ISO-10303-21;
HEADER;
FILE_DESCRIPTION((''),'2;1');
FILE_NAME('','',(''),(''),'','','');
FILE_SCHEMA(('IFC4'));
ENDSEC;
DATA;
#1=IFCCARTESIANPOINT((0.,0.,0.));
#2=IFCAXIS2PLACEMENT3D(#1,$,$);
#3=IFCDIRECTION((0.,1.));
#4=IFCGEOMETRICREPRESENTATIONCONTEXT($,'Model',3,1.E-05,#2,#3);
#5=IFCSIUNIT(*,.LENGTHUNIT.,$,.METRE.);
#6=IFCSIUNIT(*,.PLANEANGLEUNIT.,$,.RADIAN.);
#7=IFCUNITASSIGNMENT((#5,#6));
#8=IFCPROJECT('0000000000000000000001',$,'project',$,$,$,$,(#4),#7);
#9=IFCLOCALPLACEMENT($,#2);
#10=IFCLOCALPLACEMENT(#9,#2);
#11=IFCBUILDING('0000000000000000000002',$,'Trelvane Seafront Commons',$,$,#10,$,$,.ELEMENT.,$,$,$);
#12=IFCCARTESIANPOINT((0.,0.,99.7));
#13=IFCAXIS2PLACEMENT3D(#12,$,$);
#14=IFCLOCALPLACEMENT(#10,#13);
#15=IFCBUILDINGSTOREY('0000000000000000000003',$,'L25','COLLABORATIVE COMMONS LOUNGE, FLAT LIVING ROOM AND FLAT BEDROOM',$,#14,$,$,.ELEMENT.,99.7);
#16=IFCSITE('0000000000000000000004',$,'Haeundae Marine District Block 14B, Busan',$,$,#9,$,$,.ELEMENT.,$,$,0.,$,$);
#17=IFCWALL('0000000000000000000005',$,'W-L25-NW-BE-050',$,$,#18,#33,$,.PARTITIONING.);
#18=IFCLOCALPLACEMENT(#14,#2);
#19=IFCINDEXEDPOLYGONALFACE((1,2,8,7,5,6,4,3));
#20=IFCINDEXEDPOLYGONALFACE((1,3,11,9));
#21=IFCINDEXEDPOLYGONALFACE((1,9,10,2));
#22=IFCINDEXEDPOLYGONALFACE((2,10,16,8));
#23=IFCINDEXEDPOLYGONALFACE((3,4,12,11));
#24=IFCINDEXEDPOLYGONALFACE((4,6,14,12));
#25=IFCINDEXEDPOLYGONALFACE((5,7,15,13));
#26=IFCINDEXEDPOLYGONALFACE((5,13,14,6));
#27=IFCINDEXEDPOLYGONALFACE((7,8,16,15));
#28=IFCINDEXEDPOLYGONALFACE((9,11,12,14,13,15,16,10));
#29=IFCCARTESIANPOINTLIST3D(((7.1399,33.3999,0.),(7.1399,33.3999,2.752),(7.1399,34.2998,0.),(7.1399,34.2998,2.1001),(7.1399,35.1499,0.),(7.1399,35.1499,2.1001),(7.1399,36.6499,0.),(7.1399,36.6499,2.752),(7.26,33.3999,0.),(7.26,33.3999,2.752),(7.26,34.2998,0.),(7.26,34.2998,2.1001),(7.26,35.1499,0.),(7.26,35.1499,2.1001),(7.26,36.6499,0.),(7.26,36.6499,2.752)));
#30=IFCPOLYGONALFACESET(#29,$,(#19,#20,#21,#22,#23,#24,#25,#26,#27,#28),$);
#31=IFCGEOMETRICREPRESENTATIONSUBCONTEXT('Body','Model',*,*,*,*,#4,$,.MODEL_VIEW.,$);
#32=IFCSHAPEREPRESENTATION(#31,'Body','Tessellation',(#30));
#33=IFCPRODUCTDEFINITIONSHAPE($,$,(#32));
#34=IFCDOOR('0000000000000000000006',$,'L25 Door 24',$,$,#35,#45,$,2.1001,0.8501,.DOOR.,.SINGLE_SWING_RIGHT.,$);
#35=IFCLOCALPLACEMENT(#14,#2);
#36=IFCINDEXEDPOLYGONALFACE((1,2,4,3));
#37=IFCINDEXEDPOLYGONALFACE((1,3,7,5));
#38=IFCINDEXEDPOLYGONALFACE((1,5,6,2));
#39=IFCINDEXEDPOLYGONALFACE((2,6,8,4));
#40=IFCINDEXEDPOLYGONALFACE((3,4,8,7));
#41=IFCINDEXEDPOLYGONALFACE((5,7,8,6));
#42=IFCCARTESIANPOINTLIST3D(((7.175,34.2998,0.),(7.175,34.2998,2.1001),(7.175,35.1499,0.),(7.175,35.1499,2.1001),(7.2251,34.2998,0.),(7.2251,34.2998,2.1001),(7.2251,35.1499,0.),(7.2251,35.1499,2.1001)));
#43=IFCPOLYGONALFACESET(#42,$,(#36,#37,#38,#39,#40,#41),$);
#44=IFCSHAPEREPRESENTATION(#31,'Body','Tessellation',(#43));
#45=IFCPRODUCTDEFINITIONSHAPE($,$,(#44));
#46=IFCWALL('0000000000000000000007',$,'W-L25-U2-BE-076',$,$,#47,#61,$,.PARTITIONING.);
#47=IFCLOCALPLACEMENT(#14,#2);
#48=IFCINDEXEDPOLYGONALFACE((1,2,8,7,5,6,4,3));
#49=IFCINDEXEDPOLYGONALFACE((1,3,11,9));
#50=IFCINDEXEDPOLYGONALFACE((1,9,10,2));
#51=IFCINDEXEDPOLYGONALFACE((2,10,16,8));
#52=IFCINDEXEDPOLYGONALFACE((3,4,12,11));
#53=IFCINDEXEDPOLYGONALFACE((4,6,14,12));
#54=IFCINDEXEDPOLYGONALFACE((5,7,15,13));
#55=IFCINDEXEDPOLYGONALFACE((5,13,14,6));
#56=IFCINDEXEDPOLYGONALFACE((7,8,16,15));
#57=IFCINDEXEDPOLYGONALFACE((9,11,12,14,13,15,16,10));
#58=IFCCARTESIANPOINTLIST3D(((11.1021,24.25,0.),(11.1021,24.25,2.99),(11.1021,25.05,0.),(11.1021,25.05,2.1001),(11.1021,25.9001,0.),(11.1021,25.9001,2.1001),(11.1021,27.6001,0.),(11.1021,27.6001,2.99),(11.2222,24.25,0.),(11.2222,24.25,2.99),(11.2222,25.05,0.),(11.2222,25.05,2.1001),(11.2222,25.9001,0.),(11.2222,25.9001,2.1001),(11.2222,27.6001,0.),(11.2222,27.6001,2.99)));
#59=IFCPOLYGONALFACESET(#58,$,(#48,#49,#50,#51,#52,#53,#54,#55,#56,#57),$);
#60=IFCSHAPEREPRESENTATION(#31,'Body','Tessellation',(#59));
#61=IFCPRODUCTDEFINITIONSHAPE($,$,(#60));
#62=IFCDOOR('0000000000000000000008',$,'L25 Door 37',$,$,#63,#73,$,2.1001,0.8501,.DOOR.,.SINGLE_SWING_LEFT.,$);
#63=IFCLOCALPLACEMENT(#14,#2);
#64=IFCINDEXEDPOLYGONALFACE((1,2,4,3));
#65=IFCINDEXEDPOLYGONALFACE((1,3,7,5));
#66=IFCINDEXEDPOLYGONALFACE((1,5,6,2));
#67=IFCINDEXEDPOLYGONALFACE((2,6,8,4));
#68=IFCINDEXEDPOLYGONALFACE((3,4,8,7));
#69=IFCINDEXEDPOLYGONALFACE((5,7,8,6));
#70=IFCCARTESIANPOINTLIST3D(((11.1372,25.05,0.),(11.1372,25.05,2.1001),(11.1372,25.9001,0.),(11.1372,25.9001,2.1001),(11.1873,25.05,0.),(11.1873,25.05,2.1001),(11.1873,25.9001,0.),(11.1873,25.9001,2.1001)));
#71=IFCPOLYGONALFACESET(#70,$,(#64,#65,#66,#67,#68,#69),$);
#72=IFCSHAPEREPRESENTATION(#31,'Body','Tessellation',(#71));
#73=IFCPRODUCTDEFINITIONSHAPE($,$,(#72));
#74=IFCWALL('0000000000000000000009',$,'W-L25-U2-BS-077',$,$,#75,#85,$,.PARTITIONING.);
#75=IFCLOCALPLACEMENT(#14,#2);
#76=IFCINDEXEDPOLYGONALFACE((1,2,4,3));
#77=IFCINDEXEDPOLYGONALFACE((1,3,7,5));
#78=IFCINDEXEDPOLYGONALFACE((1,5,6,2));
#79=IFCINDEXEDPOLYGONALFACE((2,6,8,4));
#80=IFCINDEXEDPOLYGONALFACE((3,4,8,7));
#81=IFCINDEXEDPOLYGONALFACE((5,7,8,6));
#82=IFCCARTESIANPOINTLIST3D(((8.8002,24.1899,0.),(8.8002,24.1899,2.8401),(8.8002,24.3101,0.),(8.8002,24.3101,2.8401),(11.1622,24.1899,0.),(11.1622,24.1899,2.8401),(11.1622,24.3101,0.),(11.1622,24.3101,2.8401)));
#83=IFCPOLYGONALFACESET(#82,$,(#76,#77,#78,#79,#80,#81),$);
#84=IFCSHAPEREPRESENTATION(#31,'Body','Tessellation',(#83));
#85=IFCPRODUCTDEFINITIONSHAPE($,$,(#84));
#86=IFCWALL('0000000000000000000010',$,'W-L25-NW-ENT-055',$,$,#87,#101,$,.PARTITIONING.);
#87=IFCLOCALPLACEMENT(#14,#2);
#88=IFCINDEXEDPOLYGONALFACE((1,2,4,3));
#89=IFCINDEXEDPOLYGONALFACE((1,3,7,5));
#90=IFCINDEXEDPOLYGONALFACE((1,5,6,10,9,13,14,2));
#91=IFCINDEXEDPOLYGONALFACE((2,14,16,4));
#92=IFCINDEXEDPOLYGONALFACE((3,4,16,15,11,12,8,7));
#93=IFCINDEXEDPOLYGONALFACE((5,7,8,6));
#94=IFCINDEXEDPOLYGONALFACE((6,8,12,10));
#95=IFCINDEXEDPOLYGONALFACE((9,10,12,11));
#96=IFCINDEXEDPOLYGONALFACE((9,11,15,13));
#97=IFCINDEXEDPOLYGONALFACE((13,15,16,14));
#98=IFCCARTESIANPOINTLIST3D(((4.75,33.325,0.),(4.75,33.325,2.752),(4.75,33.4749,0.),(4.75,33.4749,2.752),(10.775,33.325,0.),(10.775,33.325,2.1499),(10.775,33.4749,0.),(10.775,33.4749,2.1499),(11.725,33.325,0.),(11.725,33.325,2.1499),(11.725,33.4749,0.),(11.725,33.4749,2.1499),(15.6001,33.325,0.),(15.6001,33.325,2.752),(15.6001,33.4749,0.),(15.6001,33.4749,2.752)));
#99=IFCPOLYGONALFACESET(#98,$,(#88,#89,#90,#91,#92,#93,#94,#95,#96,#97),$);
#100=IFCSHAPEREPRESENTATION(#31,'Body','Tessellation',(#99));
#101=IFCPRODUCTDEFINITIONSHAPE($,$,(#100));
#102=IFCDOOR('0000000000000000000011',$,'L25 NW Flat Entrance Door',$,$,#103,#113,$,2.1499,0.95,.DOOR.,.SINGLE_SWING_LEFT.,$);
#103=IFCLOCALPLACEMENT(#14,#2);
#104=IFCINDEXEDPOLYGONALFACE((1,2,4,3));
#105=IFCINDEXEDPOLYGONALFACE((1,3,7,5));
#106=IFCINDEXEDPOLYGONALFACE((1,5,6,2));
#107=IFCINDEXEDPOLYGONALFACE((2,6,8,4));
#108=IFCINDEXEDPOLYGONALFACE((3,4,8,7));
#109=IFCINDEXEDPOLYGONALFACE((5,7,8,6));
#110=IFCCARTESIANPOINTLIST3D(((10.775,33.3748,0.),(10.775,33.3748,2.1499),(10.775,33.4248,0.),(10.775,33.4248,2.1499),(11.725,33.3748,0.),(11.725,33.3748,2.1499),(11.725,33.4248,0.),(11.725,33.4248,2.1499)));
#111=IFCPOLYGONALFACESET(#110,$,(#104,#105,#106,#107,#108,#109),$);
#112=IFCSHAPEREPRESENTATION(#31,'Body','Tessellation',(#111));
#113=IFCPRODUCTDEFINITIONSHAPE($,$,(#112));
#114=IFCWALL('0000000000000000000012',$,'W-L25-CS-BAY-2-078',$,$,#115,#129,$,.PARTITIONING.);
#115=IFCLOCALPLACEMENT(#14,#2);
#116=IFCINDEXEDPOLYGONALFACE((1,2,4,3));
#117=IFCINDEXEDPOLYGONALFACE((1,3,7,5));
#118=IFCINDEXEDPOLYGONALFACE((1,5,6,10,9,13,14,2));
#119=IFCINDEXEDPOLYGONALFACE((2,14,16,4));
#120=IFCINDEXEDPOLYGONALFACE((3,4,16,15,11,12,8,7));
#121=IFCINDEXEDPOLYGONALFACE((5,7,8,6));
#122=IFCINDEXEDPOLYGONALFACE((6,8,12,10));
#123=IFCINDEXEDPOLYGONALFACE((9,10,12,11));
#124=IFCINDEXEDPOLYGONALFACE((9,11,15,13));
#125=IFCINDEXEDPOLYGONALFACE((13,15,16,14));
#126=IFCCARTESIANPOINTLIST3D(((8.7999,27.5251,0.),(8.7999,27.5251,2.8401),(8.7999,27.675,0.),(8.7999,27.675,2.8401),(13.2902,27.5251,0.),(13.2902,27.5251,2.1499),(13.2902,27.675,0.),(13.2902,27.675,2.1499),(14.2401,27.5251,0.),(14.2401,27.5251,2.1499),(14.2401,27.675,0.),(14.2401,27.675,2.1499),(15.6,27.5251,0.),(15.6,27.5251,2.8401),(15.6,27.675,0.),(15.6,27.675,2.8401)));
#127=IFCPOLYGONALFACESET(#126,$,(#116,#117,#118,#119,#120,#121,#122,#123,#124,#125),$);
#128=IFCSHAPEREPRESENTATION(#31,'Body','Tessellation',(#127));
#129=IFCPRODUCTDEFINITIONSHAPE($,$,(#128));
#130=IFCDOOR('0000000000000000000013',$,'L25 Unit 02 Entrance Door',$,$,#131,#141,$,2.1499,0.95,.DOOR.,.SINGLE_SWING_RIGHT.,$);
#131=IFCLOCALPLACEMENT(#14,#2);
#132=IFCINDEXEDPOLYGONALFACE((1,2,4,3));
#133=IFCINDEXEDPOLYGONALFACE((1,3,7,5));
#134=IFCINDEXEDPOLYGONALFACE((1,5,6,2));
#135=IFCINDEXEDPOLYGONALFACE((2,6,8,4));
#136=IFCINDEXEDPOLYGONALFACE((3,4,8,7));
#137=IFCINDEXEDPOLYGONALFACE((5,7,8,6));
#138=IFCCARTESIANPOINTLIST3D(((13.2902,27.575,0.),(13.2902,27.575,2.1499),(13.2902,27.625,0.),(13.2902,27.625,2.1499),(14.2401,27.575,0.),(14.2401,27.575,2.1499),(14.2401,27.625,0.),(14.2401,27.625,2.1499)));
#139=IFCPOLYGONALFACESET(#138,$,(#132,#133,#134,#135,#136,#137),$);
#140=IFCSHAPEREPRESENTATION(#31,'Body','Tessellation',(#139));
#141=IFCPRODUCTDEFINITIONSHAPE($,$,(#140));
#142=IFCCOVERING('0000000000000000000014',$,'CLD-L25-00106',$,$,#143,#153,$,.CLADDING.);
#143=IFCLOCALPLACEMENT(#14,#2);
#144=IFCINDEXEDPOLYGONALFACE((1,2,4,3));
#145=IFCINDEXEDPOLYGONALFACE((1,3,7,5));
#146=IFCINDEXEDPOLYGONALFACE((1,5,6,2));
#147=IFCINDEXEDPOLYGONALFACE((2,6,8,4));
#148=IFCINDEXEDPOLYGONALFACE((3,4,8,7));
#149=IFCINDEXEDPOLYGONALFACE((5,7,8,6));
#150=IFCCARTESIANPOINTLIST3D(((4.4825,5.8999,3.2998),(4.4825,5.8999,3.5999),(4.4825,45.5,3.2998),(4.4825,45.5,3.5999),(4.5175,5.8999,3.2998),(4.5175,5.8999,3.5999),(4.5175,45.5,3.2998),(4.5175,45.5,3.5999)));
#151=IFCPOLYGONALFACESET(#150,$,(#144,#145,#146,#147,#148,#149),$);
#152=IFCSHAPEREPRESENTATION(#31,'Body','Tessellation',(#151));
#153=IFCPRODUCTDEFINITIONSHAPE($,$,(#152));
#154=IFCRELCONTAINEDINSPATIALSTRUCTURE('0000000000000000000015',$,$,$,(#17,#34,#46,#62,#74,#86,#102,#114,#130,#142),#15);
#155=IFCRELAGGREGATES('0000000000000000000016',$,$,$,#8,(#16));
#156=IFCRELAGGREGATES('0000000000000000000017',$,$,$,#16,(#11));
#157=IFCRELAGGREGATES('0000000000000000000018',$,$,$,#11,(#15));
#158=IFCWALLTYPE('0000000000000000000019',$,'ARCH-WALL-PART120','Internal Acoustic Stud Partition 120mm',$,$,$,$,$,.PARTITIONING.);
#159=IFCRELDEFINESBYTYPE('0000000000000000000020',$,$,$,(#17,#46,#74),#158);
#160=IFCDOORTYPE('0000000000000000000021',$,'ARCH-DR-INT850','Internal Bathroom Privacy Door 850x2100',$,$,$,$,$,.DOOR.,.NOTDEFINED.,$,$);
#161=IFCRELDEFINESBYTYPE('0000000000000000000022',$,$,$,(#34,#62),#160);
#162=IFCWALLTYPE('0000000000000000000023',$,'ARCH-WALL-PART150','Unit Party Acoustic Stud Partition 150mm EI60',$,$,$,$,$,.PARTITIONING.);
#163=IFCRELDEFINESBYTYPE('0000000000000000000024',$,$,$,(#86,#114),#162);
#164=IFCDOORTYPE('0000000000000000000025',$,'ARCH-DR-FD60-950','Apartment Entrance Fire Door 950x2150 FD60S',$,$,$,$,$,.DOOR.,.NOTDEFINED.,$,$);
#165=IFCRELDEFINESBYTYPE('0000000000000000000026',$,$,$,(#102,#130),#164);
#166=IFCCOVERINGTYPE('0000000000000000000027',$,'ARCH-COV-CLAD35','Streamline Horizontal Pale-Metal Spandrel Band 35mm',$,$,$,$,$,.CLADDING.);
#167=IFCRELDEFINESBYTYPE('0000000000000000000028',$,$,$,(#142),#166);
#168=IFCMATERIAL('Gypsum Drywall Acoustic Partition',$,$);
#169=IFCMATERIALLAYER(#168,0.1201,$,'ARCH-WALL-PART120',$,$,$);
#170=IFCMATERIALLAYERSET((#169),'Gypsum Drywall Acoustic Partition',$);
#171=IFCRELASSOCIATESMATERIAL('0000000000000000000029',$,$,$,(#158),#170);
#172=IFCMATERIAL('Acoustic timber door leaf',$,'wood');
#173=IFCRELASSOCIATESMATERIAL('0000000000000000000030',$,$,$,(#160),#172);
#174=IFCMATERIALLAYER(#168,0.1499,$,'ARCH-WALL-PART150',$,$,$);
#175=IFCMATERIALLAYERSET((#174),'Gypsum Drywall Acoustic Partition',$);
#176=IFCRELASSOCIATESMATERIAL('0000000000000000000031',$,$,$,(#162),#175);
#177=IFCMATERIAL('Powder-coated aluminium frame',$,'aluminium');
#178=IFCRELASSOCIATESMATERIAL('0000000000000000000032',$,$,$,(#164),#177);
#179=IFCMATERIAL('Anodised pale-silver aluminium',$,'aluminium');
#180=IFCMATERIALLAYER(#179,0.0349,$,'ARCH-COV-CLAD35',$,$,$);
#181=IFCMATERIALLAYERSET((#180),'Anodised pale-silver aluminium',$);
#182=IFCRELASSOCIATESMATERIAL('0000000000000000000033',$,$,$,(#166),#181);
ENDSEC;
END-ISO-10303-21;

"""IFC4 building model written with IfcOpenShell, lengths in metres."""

from ifc_helpers import new_model, si_unit, direction, frame, frame_2d, origin, origin_2d, place, context, subcontext, project, spatial, rectangle, extrude, source, transform, mapped, material, layer, layer_set, type_object, element, fill, save


model = new_model("IFC4")

# Units and contexts
model_context = context("Model", 3, precision=1e-05, world=origin(), true_north=direction((0.0, 1.0)))
body_context = subcontext(model_context, "Body", "Model", "MODEL_VIEW")
ifc_project = project(units=[si_unit("LENGTHUNIT", "METRE"), si_unit("PLANEANGLEUNIT", "RADIAN")], contexts=[model_context])

# Site, building, storey
site_placement = place(None, origin())
site = spatial("IfcSite", under=ifc_project, at=site_placement, Name="Haeundae Marine District Block 14B, Busan", CompositionType="ELEMENT", RefElevation=0.0)
building_placement = place(site_placement, origin())
building = spatial("IfcBuilding", under=site, at=building_placement, Name="Trelvane Seafront Commons", CompositionType="ELEMENT")
storey_placement = place(building_placement, frame((0.0, 0.0, 99.7)))
storey = spatial("IfcBuildingStorey", under=building, at=storey_placement, Name="L25", Description="COLLABORATIVE COMMONS LOUNGE, FLAT LIVING ROOM AND FLAT BEDROOM", CompositionType="ELEMENT", Elevation=99.7)

# Walls, openings, doors
ifc_material_1 = material(Name="Gypsum Drywall Acoustic Partition")
ifc_layer_1 = layer(ifc_material_1, 0.1201, Name="ARCH-WALL-PART120")
ifc_layer_set_1 = layer_set([ifc_layer_1], Name="Gypsum Drywall Acoustic Partition")
wall_type_1 = type_object("IfcWallType", Name="ARCH-WALL-PART120", Description="Internal Acoustic Stud Partition 120mm", PredefinedType="PARTITIONING", material=ifc_layer_set_1)
ifc_material_2 = material(Name="Acoustic timber door leaf", Category="wood")
shared_shape_1 = source(origin(), body_context, "Body", "SweptSolid", [
    extrude(rectangle(XDim=0.95, YDim=2.1499, at=frame_2d((0.4751, 1.075))), frame((0.0, 0.0249, 0.0), z_axis=(0.0, -1.0, 0.0), x_axis=(1.0, 0.0, 0.0)), (0.0, 0.0, 1.0), 0.05),
])
wall_1_placement = place(storey_placement, frame((7.2, 33.3999, 0.0), z_axis=(0.0, 0.0, 1.0), x_axis=(0.0, 1.0, 0.0)))
wall_1 = element("IfcWall", 1, at=wall_1_placement, inside=storey, type_object=wall_type_1, Name="W-L25-NW-BE-050", PredefinedType="PARTITIONING", context=body_context, shape_type="SweptSolid", body=[
    extrude(rectangle(XDim=3.25, YDim=0.1201, at=frame_2d((1.625, 0.0))), origin(), (0.0, 0.0, 1.0), 2.752),
])
opening_1_placement = place(wall_1_placement, frame((0.8999, 0.0, 0.0)))
opening_1 = element("IfcOpeningElement", 2, at=opening_1_placement, cuts=wall_1, PredefinedType="OPENING", context=body_context, shape_type="SweptSolid", body=[
    extrude(rectangle(XDim=0.8501, YDim=2.1001, at=frame_2d((0.425, 1.05))), frame((0.0, 0.0701, 0.0), z_axis=(0.0, -1.0, 0.0), x_axis=(1.0, 0.0, 0.0)), (0.0, 0.0, 1.0), 0.1401),
])
door_type_1 = type_object("IfcDoorType", Name="ARCH-DR-INT850", Description="Internal Bathroom Privacy Door 850x2100", OperationType="NOTDEFINED", PredefinedType="DOOR", material=ifc_material_2)
shared_shape_2 = source(origin(), body_context, "Body", "SweptSolid", [
    extrude(rectangle(XDim=0.8501, YDim=2.1001, at=frame_2d((0.425, 1.05))), frame((0.0, 0.0249, 0.0), z_axis=(0.0, -1.0, 0.0), x_axis=(1.0, 0.0, 0.0)), (0.0, 0.0, 1.0), 0.05),
])
door_1_placement = place(opening_1_placement, origin())
door_1 = element("IfcDoor", 3, at=door_1_placement, inside=storey, type_object=door_type_1, Name="L25 Door 24", OperationType="SINGLE_SWING_RIGHT", OverallHeight=2.1001, OverallWidth=0.8501, PredefinedType="DOOR", context=body_context, shape_type="MappedRepresentation", body=[
    mapped(shared_shape_2, transform((0.0, 0.0, 0.0), x_axis=(1.0, 0.0, 0.0), y_axis=(0.0, 1.0, 0.0), z_axis=(0.0, 0.0, 1.0), scale=1.0)),
])
fill(opening_1, door_1)
wall_2_placement = place(storey_placement, frame((11.1621, 24.25, 0.0), z_axis=(0.0, 0.0, 1.0), x_axis=(0.0, 1.0, 0.0)))
wall_2 = element("IfcWall", 4, at=wall_2_placement, inside=storey, type_object=wall_type_1, Name="W-L25-U2-BE-076", PredefinedType="PARTITIONING", context=body_context, shape_type="SweptSolid", body=[
    extrude(rectangle(XDim=3.3501, YDim=0.1201, at=frame_2d((1.675, 0.0))), origin(), (0.0, 0.0, 1.0), 2.99),
])
opening_2_placement = place(wall_2_placement, frame((0.8, 0.0, 0.0)))
opening_2 = element("IfcOpeningElement", 5, at=opening_2_placement, cuts=wall_2, PredefinedType="OPENING", context=body_context, shape_type="SweptSolid", body=[
    extrude(rectangle(XDim=0.8501, YDim=2.1001, at=frame_2d((0.425, 1.05))), frame((0.0, 0.0701, 0.0), z_axis=(0.0, -1.0, 0.0), x_axis=(1.0, 0.0, 0.0)), (0.0, 0.0, 1.0), 0.1401),
])
door_2_placement = place(opening_2_placement, origin())
door_2 = element("IfcDoor", 6, at=door_2_placement, inside=storey, type_object=door_type_1, Name="L25 Door 37", OperationType="SINGLE_SWING_LEFT", OverallHeight=2.1001, OverallWidth=0.8501, PredefinedType="DOOR", context=body_context, shape_type="MappedRepresentation", body=[
    mapped(shared_shape_2, transform((0.0, 0.0, 0.0), x_axis=(1.0, 0.0, 0.0), y_axis=(0.0, 1.0, 0.0), z_axis=(0.0, 0.0, 1.0), scale=1.0)),
])
fill(opening_2, door_2)

# Wall
wall_3_placement = place(storey_placement, frame((8.8, 24.25, 0.0), z_axis=(0.0, 0.0, 1.0), x_axis=(1.0, 0.0, 0.0)))
element("IfcWall", 7, at=wall_3_placement, inside=storey, type_object=wall_type_1, Name="W-L25-U2-BS-077", PredefinedType="PARTITIONING", context=body_context, shape_type="SweptSolid", body=[
    extrude(rectangle(XDim=2.3621, YDim=0.1201, at=frame_2d((1.1812, 0.0))), origin(), (0.0, 0.0, 1.0), 2.8401),
])

# Walls, openings, doors
ifc_layer_2 = layer(ifc_material_1, 0.1499, Name="ARCH-WALL-PART150")
ifc_layer_set_2 = layer_set([ifc_layer_2], Name="Gypsum Drywall Acoustic Partition")
wall_type_2 = type_object("IfcWallType", Name="ARCH-WALL-PART150", Description="Unit Party Acoustic Stud Partition 150mm EI60", PredefinedType="PARTITIONING", material=ifc_layer_set_2)
wall_4_placement = place(storey_placement, frame((4.75, 33.3999, 0.0), z_axis=(0.0, 0.0, 1.0), x_axis=(1.0, 0.0, 0.0)))
wall_4 = element("IfcWall", 8, at=wall_4_placement, inside=storey, type_object=wall_type_2, Name="W-L25-NW-ENT-055", PredefinedType="PARTITIONING", context=body_context, shape_type="SweptSolid", body=[
    extrude(rectangle(XDim=10.8501, YDim=0.1499, at=frame_2d((5.425, 0.0))), origin(), (0.0, 0.0, 1.0), 2.752),
])
opening_3_placement = place(wall_4_placement, frame((6.0249, 0.0, 0.0)))
opening_3 = element("IfcOpeningElement", 9, at=opening_3_placement, cuts=wall_4, PredefinedType="OPENING", context=body_context, shape_type="SweptSolid", body=[
    extrude(rectangle(XDim=0.95, YDim=2.1499, at=frame_2d((0.4751, 1.075))), frame((0.0, 0.085, 0.0), z_axis=(0.0, -1.0, 0.0), x_axis=(1.0, 0.0, 0.0)), (0.0, 0.0, 1.0), 0.1699),
])
ifc_material_3 = material(Name="Powder-coated aluminium frame", Category="aluminium")
door_type_2 = type_object("IfcDoorType", Name="ARCH-DR-FD60-950", Description="Apartment Entrance Fire Door 950x2150 FD60S", OperationType="NOTDEFINED", PredefinedType="DOOR", material=ifc_material_3)
door_3_placement = place(opening_3_placement, origin())
door_3 = element("IfcDoor", 10, at=door_3_placement, inside=storey, type_object=door_type_2, Name="L25 NW Flat Entrance Door", OperationType="SINGLE_SWING_LEFT", OverallHeight=2.1499, OverallWidth=0.95, PredefinedType="DOOR", context=body_context, shape_type="MappedRepresentation", body=[
    mapped(shared_shape_1, transform((0.0, 0.0, 0.0), x_axis=(1.0, 0.0, 0.0), y_axis=(0.0, 1.0, 0.0), z_axis=(0.0, 0.0, 1.0), scale=1.0)),
])
fill(opening_3, door_3)
wall_5_placement = place(storey_placement, frame((8.8, 27.6001, 0.0), z_axis=(0.0, 0.0, 1.0), x_axis=(1.0, 0.0, 0.0)))
wall_5 = element("IfcWall", 11, at=wall_5_placement, inside=storey, type_object=wall_type_2, Name="W-L25-CS-BAY-2-078", PredefinedType="PARTITIONING", context=body_context, shape_type="SweptSolid", body=[
    extrude(rectangle(XDim=6.8, YDim=0.1499, at=frame_2d((3.3999, 0.0))), origin(), (0.0, 0.0, 1.0), 2.8401),
])
opening_4_placement = place(wall_5_placement, frame((4.49, 0.0, 0.0)))
opening_4 = element("IfcOpeningElement", 12, at=opening_4_placement, cuts=wall_5, PredefinedType="OPENING", context=body_context, shape_type="SweptSolid", body=[
    extrude(rectangle(XDim=0.95, YDim=2.1499, at=frame_2d((0.4751, 1.075))), frame((0.0, 0.085, 0.0), z_axis=(0.0, -1.0, 0.0), x_axis=(1.0, 0.0, 0.0)), (0.0, 0.0, 1.0), 0.1699),
])
door_4_placement = place(opening_4_placement, origin())
door_4 = element("IfcDoor", 13, at=door_4_placement, inside=storey, type_object=door_type_2, Name="L25 Unit 02 Entrance Door", OperationType="SINGLE_SWING_RIGHT", OverallHeight=2.1499, OverallWidth=0.95, PredefinedType="DOOR", context=body_context, shape_type="MappedRepresentation", body=[
    mapped(shared_shape_1, transform((0.0, 0.0, 0.0), x_axis=(1.0, 0.0, 0.0), y_axis=(0.0, 1.0, 0.0), z_axis=(0.0, 0.0, 1.0), scale=1.0)),
])
fill(opening_4, door_4)

# Covering
ifc_material_4 = material(Name="Anodised pale-silver aluminium", Category="aluminium")
ifc_layer_3 = layer(ifc_material_4, 0.0349, Name="ARCH-COV-CLAD35")
ifc_layer_set_3 = layer_set([ifc_layer_3], Name="Anodised pale-silver aluminium")
covering_type = type_object("IfcCoveringType", Name="ARCH-COV-CLAD35", Description="Streamline Horizontal Pale-Metal Spandrel Band 35mm", PredefinedType="CLADDING", material=ifc_layer_set_3)
shared_shape_3 = source(origin(), body_context, "Body", "SweptSolid", [
    extrude(rectangle(XDim=39.6001, YDim=0.0349, at=origin_2d()), origin(), (0.0, 0.0, 1.0), 0.3),
])
covering_placement = place(storey_placement, frame((4.5, 25.7, 3.2998), z_axis=(0.0, 0.0, 1.0), x_axis=(0.0, 1.0, 0.0)))
element("IfcCovering", 14, at=covering_placement, inside=storey, type_object=covering_type, Name="CLD-L25-00106", PredefinedType="CLADDING", context=body_context, shape_type="MappedRepresentation", body=[
    mapped(shared_shape_3, transform((0.0, 0.0, 0.0), x_axis=(1.0, 0.0, 0.0), y_axis=(0.0, 1.0, 0.0), z_axis=(0.0, 0.0, 1.0), scale=1.0)),
])

save(model, "model.ifc")
